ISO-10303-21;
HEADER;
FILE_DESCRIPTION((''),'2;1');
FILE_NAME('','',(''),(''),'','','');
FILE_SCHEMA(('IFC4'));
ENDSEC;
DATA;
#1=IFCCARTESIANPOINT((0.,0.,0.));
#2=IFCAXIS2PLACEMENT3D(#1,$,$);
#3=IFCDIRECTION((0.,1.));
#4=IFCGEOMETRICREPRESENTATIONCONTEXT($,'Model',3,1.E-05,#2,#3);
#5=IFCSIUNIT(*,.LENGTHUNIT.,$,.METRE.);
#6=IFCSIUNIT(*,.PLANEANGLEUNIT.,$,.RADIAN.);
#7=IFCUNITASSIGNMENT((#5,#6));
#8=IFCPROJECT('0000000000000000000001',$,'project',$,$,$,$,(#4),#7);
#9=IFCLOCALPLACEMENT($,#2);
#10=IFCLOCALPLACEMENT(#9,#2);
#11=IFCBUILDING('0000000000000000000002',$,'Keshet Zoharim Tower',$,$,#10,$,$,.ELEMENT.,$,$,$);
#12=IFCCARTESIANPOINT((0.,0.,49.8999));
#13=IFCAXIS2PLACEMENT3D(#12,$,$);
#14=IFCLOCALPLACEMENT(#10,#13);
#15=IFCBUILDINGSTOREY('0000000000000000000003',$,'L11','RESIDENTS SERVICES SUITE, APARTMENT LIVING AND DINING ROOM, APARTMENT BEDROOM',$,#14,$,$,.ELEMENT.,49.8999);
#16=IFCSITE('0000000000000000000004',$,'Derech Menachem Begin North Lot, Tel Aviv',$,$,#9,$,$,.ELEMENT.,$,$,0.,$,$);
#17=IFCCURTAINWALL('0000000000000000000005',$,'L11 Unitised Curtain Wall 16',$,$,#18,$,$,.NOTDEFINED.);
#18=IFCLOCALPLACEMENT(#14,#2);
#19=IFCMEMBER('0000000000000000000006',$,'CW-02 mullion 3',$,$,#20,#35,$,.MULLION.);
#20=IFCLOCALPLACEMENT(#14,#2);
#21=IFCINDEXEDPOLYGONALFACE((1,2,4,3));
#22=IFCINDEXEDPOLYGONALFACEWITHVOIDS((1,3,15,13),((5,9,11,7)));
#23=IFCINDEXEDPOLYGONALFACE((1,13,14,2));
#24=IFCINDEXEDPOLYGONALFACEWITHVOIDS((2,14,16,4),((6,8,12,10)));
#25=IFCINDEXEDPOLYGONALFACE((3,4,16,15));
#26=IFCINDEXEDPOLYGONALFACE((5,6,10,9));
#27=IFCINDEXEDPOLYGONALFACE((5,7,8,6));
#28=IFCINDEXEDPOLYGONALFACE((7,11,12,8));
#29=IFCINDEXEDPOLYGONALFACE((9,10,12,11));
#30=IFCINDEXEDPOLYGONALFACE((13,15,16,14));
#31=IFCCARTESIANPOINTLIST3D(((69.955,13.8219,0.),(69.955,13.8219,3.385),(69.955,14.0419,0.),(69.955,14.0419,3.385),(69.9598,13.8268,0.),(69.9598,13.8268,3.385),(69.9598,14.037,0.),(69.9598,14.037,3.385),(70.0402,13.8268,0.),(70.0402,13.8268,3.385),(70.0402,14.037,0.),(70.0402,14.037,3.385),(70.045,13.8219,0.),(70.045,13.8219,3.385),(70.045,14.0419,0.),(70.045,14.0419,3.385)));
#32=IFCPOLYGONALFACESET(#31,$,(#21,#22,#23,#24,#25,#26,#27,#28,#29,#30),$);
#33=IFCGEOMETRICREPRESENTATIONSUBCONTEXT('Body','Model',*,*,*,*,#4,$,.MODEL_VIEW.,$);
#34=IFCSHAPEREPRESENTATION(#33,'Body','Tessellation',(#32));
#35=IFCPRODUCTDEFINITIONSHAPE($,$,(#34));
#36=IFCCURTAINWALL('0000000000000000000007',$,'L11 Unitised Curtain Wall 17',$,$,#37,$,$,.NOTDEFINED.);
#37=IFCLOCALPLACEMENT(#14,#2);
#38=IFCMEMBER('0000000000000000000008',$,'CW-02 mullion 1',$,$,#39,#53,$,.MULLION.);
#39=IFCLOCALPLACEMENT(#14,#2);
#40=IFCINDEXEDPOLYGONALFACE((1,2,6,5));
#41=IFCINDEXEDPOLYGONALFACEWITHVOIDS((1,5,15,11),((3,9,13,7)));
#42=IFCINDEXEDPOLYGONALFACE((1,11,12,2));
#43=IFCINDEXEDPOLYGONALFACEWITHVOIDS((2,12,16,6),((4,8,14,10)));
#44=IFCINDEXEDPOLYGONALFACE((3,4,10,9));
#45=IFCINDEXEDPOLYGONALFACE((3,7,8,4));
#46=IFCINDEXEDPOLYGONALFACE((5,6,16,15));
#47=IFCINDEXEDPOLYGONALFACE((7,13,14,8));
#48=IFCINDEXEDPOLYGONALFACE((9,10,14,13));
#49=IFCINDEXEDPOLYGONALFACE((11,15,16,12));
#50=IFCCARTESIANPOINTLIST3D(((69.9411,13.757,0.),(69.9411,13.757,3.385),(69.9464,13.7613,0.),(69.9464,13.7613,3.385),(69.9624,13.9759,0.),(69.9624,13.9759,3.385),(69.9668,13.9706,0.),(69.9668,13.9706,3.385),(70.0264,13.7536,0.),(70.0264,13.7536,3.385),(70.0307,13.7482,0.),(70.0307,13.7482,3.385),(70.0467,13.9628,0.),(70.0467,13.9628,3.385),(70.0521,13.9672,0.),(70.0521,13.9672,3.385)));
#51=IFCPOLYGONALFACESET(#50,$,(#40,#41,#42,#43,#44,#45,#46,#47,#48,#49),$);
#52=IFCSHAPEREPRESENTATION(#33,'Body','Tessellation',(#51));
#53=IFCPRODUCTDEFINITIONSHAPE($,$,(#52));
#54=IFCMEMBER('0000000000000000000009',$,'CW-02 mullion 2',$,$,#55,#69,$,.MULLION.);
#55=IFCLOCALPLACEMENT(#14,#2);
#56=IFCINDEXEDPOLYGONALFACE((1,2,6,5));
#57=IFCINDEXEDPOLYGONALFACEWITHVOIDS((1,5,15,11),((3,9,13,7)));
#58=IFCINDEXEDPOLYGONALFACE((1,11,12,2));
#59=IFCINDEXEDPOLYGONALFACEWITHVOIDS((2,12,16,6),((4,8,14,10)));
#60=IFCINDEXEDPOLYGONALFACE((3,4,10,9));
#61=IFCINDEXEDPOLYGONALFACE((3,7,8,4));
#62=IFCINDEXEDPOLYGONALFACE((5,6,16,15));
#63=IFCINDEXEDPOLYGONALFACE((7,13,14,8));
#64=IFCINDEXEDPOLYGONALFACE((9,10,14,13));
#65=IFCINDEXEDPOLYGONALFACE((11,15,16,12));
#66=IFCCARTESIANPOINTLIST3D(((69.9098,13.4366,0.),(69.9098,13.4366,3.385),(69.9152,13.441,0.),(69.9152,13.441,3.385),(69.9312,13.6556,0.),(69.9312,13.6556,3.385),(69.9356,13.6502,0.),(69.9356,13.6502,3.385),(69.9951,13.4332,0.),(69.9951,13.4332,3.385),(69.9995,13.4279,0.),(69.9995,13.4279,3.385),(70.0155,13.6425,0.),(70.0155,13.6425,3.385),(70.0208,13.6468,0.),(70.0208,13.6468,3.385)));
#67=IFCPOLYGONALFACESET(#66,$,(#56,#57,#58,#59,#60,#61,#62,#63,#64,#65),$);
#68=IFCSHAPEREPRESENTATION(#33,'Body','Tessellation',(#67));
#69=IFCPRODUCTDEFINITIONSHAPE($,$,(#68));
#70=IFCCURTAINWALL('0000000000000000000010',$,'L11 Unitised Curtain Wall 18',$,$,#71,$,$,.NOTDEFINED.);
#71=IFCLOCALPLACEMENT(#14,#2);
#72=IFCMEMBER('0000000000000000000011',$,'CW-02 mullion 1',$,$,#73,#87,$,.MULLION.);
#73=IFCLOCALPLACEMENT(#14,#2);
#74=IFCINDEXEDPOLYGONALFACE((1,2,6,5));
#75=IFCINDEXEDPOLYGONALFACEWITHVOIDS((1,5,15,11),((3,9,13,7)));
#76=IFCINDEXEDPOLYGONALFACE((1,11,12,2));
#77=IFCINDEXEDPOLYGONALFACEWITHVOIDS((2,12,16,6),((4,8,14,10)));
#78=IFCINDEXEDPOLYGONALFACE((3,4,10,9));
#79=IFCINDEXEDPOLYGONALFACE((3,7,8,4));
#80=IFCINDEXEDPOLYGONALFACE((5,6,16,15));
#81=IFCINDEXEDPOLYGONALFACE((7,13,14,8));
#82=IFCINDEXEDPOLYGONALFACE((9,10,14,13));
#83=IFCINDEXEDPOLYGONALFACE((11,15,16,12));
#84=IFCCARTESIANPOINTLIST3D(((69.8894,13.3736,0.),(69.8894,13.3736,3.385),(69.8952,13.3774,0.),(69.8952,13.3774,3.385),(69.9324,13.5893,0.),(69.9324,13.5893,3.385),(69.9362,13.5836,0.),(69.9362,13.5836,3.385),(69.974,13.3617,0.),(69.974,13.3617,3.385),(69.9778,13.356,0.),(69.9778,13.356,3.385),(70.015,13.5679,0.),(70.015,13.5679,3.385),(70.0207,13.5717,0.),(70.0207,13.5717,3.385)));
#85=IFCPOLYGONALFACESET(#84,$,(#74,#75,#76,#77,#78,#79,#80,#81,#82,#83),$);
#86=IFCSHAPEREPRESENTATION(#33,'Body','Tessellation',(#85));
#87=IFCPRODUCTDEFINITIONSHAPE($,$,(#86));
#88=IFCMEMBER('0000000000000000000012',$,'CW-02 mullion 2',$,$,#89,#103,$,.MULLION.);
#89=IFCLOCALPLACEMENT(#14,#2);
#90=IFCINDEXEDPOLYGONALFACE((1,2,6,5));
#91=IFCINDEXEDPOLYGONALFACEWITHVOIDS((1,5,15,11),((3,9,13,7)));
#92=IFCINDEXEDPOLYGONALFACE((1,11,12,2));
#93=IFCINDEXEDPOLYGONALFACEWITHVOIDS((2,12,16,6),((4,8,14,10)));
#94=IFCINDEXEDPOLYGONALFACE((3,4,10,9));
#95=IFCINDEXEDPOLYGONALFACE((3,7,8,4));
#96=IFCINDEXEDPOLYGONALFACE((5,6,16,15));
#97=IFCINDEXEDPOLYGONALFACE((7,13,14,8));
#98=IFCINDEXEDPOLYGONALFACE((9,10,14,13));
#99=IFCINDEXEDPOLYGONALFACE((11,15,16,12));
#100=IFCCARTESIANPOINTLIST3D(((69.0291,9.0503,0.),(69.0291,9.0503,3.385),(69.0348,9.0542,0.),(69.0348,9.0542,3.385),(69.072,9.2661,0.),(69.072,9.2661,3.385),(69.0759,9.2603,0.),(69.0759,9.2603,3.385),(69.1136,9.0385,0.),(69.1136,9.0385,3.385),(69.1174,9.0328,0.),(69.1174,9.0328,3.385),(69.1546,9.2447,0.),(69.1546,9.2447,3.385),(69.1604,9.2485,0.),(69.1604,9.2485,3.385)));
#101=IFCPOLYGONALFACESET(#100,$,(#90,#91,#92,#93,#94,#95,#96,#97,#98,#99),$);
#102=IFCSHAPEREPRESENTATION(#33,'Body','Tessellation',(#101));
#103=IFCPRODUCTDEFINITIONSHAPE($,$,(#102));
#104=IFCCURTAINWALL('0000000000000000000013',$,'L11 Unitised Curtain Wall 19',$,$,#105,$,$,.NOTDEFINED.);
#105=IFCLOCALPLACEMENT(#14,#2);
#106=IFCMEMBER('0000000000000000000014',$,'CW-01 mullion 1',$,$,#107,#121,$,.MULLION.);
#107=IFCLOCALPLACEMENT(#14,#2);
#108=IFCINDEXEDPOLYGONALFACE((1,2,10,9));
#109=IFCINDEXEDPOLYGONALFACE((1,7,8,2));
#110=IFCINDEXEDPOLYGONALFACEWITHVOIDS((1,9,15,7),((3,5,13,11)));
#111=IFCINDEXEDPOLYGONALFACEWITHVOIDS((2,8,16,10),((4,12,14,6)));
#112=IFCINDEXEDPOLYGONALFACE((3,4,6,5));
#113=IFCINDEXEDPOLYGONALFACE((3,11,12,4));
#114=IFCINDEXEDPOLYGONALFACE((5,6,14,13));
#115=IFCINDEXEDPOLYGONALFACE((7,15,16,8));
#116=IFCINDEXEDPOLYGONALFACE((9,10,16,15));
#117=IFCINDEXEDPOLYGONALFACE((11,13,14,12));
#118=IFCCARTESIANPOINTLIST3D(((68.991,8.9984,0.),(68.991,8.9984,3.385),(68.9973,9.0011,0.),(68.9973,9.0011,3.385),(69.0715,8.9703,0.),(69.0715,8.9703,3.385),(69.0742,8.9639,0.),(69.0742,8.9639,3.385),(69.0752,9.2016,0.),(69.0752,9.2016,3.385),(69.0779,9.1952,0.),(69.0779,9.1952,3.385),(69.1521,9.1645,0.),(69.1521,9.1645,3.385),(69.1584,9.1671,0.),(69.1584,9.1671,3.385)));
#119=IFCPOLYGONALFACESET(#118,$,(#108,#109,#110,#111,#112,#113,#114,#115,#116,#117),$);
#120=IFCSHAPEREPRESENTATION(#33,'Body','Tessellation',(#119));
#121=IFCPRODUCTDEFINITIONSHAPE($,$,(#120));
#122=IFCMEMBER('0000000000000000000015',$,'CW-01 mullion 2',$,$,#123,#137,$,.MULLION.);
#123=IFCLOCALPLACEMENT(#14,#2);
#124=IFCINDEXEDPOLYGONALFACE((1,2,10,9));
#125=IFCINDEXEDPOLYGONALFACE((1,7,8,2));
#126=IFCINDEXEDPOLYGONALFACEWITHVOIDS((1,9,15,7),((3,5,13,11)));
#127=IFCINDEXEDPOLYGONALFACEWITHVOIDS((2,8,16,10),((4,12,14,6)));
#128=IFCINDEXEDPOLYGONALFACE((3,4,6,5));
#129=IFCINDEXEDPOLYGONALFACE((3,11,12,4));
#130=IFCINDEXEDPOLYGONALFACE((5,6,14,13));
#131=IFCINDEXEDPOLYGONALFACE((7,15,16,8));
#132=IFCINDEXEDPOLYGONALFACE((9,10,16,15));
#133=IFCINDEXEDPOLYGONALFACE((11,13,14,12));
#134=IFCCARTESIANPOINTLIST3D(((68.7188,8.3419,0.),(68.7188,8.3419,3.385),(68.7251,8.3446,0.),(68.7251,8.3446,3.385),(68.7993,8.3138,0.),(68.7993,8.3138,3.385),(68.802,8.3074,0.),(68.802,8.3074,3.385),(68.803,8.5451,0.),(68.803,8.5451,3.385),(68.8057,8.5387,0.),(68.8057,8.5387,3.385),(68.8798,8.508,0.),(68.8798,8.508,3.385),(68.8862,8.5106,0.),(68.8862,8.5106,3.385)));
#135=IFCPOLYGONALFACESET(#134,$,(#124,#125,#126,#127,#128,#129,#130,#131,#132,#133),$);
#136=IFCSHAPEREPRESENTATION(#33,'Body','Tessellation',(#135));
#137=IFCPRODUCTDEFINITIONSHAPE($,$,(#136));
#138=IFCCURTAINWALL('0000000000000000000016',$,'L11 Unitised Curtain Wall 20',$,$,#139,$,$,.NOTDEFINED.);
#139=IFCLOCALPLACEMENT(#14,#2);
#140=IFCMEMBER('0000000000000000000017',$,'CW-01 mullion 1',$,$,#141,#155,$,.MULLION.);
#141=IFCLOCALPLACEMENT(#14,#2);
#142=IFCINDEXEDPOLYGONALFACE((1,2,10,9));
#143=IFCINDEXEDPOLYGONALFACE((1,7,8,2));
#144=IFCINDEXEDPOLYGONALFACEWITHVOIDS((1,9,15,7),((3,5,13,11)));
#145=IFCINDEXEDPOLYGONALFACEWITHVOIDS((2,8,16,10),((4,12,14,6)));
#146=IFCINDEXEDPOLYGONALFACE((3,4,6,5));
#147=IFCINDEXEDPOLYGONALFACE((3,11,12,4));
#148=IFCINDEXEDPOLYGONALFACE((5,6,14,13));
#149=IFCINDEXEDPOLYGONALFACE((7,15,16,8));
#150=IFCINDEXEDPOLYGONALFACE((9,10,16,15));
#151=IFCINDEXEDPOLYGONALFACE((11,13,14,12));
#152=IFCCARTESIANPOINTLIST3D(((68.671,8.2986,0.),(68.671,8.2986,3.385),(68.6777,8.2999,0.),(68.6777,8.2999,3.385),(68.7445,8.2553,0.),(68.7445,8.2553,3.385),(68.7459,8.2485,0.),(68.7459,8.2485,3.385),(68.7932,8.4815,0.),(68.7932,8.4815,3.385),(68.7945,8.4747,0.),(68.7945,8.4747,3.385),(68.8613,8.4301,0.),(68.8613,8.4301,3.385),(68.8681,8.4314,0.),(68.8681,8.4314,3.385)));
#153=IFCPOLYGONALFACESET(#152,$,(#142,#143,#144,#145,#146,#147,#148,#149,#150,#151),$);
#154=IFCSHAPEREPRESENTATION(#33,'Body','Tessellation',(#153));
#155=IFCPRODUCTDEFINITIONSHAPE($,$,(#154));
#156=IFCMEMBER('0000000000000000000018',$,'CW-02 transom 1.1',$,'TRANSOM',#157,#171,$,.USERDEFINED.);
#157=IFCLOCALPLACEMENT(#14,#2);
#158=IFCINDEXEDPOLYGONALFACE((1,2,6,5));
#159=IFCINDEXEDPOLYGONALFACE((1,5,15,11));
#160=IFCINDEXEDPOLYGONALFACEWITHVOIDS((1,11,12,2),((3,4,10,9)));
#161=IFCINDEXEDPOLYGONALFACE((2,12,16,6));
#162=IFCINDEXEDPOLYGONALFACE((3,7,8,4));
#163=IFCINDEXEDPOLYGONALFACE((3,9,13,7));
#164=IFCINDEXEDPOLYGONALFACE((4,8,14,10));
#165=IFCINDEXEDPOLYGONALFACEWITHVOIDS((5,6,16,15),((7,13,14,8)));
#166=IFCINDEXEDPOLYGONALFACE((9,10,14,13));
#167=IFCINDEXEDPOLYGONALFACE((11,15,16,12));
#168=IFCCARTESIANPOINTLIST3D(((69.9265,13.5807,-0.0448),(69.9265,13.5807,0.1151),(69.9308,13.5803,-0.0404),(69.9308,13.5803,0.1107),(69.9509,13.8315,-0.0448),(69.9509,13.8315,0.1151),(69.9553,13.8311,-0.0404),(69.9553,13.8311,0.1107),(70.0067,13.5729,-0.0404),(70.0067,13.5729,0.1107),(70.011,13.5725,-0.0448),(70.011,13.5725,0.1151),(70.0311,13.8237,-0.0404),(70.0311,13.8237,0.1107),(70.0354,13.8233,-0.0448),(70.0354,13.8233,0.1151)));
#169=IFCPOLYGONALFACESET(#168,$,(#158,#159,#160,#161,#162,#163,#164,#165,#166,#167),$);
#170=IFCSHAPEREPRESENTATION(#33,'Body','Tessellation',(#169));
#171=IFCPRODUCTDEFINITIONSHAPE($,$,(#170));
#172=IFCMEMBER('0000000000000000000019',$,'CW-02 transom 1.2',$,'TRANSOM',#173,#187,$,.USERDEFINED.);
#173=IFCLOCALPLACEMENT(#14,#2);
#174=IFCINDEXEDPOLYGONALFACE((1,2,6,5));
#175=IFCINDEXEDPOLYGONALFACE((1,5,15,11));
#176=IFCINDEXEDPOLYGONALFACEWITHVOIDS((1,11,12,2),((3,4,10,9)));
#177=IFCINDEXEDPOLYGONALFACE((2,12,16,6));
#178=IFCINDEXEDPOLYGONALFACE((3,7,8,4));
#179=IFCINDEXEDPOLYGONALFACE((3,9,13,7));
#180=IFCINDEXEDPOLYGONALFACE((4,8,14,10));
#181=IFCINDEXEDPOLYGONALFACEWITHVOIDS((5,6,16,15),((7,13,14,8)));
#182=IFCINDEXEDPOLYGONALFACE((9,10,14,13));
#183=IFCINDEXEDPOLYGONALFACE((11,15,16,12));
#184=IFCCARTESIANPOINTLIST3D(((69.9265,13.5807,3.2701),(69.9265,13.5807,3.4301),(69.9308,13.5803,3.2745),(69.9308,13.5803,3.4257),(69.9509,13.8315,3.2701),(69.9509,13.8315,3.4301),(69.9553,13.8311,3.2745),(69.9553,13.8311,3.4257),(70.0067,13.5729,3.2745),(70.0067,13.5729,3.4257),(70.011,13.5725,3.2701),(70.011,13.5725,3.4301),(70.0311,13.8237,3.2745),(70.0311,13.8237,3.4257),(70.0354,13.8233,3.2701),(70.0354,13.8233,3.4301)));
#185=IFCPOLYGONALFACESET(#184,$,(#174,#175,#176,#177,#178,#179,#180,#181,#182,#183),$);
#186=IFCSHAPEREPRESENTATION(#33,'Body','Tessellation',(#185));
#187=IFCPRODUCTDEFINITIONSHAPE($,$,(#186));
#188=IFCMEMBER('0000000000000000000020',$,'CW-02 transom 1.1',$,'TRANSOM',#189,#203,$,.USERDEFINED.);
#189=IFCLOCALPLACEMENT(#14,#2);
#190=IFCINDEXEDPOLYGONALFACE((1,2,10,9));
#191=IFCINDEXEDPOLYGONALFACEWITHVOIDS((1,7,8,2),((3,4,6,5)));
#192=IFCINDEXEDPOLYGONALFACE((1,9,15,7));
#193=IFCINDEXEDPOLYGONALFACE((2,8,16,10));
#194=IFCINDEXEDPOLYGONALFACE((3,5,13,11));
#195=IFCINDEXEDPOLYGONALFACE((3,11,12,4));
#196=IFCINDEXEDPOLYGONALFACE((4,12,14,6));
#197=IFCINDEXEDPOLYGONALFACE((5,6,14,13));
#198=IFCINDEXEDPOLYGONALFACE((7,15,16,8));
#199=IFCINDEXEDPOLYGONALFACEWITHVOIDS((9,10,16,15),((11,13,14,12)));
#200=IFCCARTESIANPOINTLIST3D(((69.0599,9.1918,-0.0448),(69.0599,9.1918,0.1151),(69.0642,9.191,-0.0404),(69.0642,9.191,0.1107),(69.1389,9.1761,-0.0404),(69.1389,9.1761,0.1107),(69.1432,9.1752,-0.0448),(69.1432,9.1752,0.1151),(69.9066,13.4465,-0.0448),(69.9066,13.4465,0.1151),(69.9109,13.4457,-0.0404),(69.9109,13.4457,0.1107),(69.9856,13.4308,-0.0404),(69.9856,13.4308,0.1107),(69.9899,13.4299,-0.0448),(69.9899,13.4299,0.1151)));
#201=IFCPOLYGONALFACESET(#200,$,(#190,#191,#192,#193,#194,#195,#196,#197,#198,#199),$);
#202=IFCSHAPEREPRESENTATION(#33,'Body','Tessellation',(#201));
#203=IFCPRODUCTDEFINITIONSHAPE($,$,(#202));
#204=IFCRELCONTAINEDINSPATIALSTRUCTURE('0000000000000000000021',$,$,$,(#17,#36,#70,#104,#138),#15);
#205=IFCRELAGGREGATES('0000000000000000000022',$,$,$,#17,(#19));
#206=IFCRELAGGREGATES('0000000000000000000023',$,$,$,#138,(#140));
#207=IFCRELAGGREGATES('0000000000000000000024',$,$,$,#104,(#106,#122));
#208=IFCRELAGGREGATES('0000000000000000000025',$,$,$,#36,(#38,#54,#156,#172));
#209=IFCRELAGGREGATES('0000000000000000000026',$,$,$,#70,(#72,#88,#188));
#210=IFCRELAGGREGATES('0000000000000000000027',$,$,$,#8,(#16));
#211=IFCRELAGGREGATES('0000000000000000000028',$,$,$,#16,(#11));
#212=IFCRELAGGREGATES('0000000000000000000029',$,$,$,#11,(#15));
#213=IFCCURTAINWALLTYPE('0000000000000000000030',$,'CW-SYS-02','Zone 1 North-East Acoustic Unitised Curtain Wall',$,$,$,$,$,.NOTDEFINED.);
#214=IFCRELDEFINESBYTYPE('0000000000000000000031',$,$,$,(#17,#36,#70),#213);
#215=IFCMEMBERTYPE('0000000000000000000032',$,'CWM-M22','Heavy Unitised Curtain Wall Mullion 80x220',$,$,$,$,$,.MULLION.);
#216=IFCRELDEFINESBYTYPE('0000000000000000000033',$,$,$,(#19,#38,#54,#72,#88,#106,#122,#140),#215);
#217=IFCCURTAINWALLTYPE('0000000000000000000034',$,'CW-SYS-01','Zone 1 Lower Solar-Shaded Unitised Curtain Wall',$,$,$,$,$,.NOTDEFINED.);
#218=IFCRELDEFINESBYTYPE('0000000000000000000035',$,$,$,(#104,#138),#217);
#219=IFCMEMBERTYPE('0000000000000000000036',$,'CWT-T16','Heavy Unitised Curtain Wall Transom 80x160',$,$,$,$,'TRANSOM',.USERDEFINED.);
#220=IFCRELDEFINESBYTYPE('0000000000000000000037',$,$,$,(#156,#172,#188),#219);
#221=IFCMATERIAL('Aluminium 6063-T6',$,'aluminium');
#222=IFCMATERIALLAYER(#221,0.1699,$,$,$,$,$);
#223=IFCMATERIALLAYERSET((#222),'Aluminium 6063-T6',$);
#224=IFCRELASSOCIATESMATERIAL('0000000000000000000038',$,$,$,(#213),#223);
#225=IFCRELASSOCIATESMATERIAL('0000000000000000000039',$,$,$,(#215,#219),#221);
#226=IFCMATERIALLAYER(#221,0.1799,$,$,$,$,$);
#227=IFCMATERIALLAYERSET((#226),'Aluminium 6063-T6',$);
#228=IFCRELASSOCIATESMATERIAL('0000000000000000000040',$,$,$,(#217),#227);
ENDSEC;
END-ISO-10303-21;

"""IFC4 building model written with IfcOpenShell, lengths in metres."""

from ifc_helpers import new_model, si_unit, direction, frame, origin, origin_2d, place, context, subcontext, project, spatial, hollow_rectangle, extrude, material, layer, layer_set, material_profile, profile_set, type_object, element, aggregate, save


model = new_model("IFC4")

# Units and contexts
model_context = context("Model", 3, precision=1e-05, world=origin(), true_north=direction((0.0, 1.0)))
body_context = subcontext(model_context, "Body", "Model", "MODEL_VIEW")
ifc_project = project(units=[si_unit("LENGTHUNIT", "METRE"), si_unit("PLANEANGLEUNIT", "RADIAN")], contexts=[model_context])

# Site, building, storey
site_placement = place(None, origin())
site = spatial("IfcSite", under=ifc_project, at=site_placement, Name="Derech Menachem Begin North Lot, Tel Aviv", CompositionType="ELEMENT", RefElevation=0.0)
building_placement = place(site_placement, origin())
building = spatial("IfcBuilding", under=site, at=building_placement, Name="Keshet Zoharim Tower", CompositionType="ELEMENT")
storey_placement = place(building_placement, frame((0.0, 0.0, 49.8999)))
storey = spatial("IfcBuildingStorey", under=building, at=storey_placement, Name="L11", Description="RESIDENTS SERVICES SUITE, APARTMENT LIVING AND DINING ROOM, APARTMENT BEDROOM", CompositionType="ELEMENT", Elevation=49.8999)

# Curtain wall, member
ifc_material_1 = material(Name="Aluminium 6063-T6", Category="aluminium")
ifc_layer_1 = layer(ifc_material_1, 0.1699)
ifc_layer_set_1 = layer_set([ifc_layer_1], Name="Aluminium 6063-T6")
curtain_wall_type_1 = type_object("IfcCurtainWallType", Name="CW-SYS-02", Description="Zone 1 North-East Acoustic Unitised Curtain Wall", PredefinedType="NOTDEFINED", material=ifc_layer_set_1)
curtain_wall_1_placement = place(storey_placement, origin())
curtain_wall_1 = element("IfcCurtainWall", 1, at=curtain_wall_1_placement, inside=storey, type_object=curtain_wall_type_1, Name="L11 Unitised Curtain Wall 16", PredefinedType="NOTDEFINED")
ifc_material_profile_1 = material_profile(ifc_material_1, hollow_rectangle(XDim=0.0901, YDim=0.22, WallThickness=0.0049, at=origin_2d()), Name="MUL-90x220")
ifc_profile_set_1 = profile_set([ifc_material_profile_1], Name="Aluminium 6063-T6")
member_type_1 = type_object("IfcMemberType", Name="CWM-M22", Description="Heavy Unitised Curtain Wall Mullion 80x220", PredefinedType="MULLION", material=ifc_profile_set_1)
member_1_placement = place(storey_placement, frame((70.0, 13.9319, 0.0), z_axis=(0.0, 0.0, 1.0), x_axis=(1.0, 0.0, 0.0)))
member_1 = element("IfcMember", 2, at=member_1_placement, type_object=member_type_1, Name="CW-02 mullion 3", PredefinedType="MULLION", context=body_context, shape_type="SweptSolid", body=[
    extrude(hollow_rectangle(XDim=0.0901, YDim=0.22, WallThickness=0.0049, at=origin_2d()), origin(), (0.0, 0.0, 1.0), 3.385),
])
aggregate(curtain_wall_1, [member_1])

# Curtain walls, members
curtain_wall_2_placement = place(storey_placement, origin())
curtain_wall_2 = element("IfcCurtainWall", 3, at=curtain_wall_2_placement, inside=storey, type_object=curtain_wall_type_1, Name="L11 Unitised Curtain Wall 17", PredefinedType="NOTDEFINED")
member_2_placement = place(storey_placement, frame((69.9966, 13.8621, 0.0), z_axis=(0.0, 0.0, 1.0), x_axis=(0.995287, -0.096977, 0.0)))
member_2 = element("IfcMember", 4, at=member_2_placement, type_object=member_type_1, Name="CW-02 mullion 1", PredefinedType="MULLION", context=body_context, shape_type="SweptSolid", body=[
    extrude(hollow_rectangle(XDim=0.0901, YDim=0.22, WallThickness=0.0049, at=origin_2d()), origin(), (0.0, 0.0, 1.0), 3.385),
])
member_3_placement = place(storey_placement, frame((69.9653, 13.5417, 0.0), z_axis=(0.0, 0.0, 1.0), x_axis=(0.995287, -0.096977, 0.0)))
member_3 = element("IfcMember", 5, at=member_3_placement, type_object=member_type_1, Name="CW-02 mullion 2", PredefinedType="MULLION", context=body_context, shape_type="SweptSolid", body=[
    extrude(hollow_rectangle(XDim=0.0901, YDim=0.22, WallThickness=0.0049, at=origin_2d()), origin(), (0.0, 0.0, 1.0), 3.385),
])
curtain_wall_3_placement = place(storey_placement, origin())
curtain_wall_3 = element("IfcCurtainWall", 6, at=curtain_wall_3_placement, inside=storey, type_object=curtain_wall_type_1, Name="L11 Unitised Curtain Wall 18", PredefinedType="NOTDEFINED")
member_4_placement = place(storey_placement, frame((69.9551, 13.4727, 0.0), z_axis=(0.0, 0.0, 1.0), x_axis=(0.980769, -0.195171, 0.0)))
member_4 = element("IfcMember", 7, at=member_4_placement, type_object=member_type_1, Name="CW-02 mullion 1", PredefinedType="MULLION", context=body_context, shape_type="SweptSolid", body=[
    extrude(hollow_rectangle(XDim=0.0901, YDim=0.22, WallThickness=0.0049, at=origin_2d()), origin(), (0.0, 0.0, 1.0), 3.385),
])
member_5_placement = place(storey_placement, frame((69.0947, 9.1494, 0.0), z_axis=(0.0, 0.0, 1.0), x_axis=(0.980769, -0.195171, 0.0)))
member_5 = element("IfcMember", 8, at=member_5_placement, type_object=member_type_1, Name="CW-02 mullion 2", PredefinedType="MULLION", context=body_context, shape_type="SweptSolid", body=[
    extrude(hollow_rectangle(XDim=0.0901, YDim=0.22, WallThickness=0.0049, at=origin_2d()), origin(), (0.0, 0.0, 1.0), 3.385),
])
ifc_layer_2 = layer(ifc_material_1, 0.1799)
ifc_layer_set_2 = layer_set([ifc_layer_2], Name="Aluminium 6063-T6")
curtain_wall_type_2 = type_object("IfcCurtainWallType", Name="CW-SYS-01", Description="Zone 1 Lower Solar-Shaded Unitised Curtain Wall", PredefinedType="NOTDEFINED", material=ifc_layer_set_2)
curtain_wall_4_placement = place(storey_placement, origin())
curtain_wall_4 = element("IfcCurtainWall", 9, at=curtain_wall_4_placement, inside=storey, type_object=curtain_wall_type_2, Name="L11 Unitised Curtain Wall 19", PredefinedType="NOTDEFINED")
member_6_placement = place(storey_placement, frame((69.0747, 9.0828, 0.0), z_axis=(0.0, 0.0, 1.0), x_axis=(0.92372, -0.383068, 0.0)))
member_6 = element("IfcMember", 10, at=member_6_placement, type_object=member_type_1, Name="CW-01 mullion 1", PredefinedType="MULLION", context=body_context, shape_type="SweptSolid", body=[
    extrude(hollow_rectangle(XDim=0.0901, YDim=0.22, WallThickness=0.0049, at=origin_2d()), origin(), (0.0, 0.0, 1.0), 3.385),
])
member_7_placement = place(storey_placement, frame((68.8025, 8.4263, 0.0), z_axis=(0.0, 0.0, 1.0), x_axis=(0.92372, -0.383068, 0.0)))
member_7 = element("IfcMember", 11, at=member_7_placement, type_object=member_type_1, Name="CW-01 mullion 2", PredefinedType="MULLION", context=body_context, shape_type="SweptSolid", body=[
    extrude(hollow_rectangle(XDim=0.0901, YDim=0.22, WallThickness=0.0049, at=origin_2d()), origin(), (0.0, 0.0, 1.0), 3.385),
])

# Curtain wall, member
curtain_wall_5_placement = place(storey_placement, origin())
curtain_wall_5 = element("IfcCurtainWall", 12, at=curtain_wall_5_placement, inside=storey, type_object=curtain_wall_type_2, Name="L11 Unitised Curtain Wall 20", PredefinedType="NOTDEFINED")
member_8_placement = place(storey_placement, frame((68.7695, 8.365, 0.0), z_axis=(0.0, 0.0, 1.0), x_axis=(0.831474, -0.555563, 0.0)))
member_8 = element("IfcMember", 13, at=member_8_placement, type_object=member_type_1, Name="CW-01 mullion 1", PredefinedType="MULLION", context=body_context, shape_type="SweptSolid", body=[
    extrude(hollow_rectangle(XDim=0.0901, YDim=0.22, WallThickness=0.0049, at=origin_2d()), origin(), (0.0, 0.0, 1.0), 3.385),
])

# Members
ifc_material_profile_2 = material_profile(ifc_material_1, hollow_rectangle(XDim=0.085, YDim=0.1599, WallThickness=0.0044, at=origin_2d()), Name="TRN-85x160")
ifc_profile_set_2 = profile_set([ifc_material_profile_2], Name="Aluminium 6063-T6")
member_type_2 = type_object("IfcMemberType", Name="CWT-T16", Description="Heavy Unitised Curtain Wall Transom 80x160", ElementType="TRANSOM", PredefinedType="USERDEFINED", material=ifc_profile_set_2)
member_9_placement = place(storey_placement, frame((69.9932, 13.8274, 0.0352), z_axis=(-0.096913, -0.995293, 0.0), x_axis=(0.995293, -0.096913, 0.0)))
member_9 = element("IfcMember", 14, at=member_9_placement, type_object=member_type_2, Name="CW-02 transom 1.1", ObjectType="TRANSOM", PredefinedType="USERDEFINED", context=body_context, shape_type="SweptSolid", body=[
    extrude(hollow_rectangle(XDim=0.085, YDim=0.1599, WallThickness=0.0044, at=origin_2d()), origin(), (0.0, 0.0, 1.0), 0.252),
])
member_10_placement = place(storey_placement, frame((69.9932, 13.8274, 3.3501), z_axis=(-0.096913, -0.995293, 0.0), x_axis=(0.995293, -0.096913, 0.0)))
member_10 = element("IfcMember", 15, at=member_10_placement, type_object=member_type_2, Name="CW-02 transom 1.2", ObjectType="TRANSOM", PredefinedType="USERDEFINED", context=body_context, shape_type="SweptSolid", body=[
    extrude(hollow_rectangle(XDim=0.085, YDim=0.1599, WallThickness=0.0044, at=origin_2d()), origin(), (0.0, 0.0, 1.0), 0.252),
])
member_11_placement = place(storey_placement, frame((69.9482, 13.4382, 0.0352), z_axis=(-0.195174, -0.980769, 0.0), x_axis=(0.980769, -0.195174, 0.0)))
member_11 = element("IfcMember", 16, at=member_11_placement, type_object=member_type_2, Name="CW-02 transom 1.1", ObjectType="TRANSOM", PredefinedType="USERDEFINED", context=body_context, shape_type="SweptSolid", body=[
    extrude(hollow_rectangle(XDim=0.085, YDim=0.1599, WallThickness=0.0044, at=origin_2d()), origin(), (0.0, 0.0, 1.0), 4.3381),
])
aggregate(curtain_wall_5, [member_8])

aggregate(curtain_wall_4, [member_6, member_7])
aggregate(curtain_wall_2, [member_2, member_3, member_9, member_10])
aggregate(curtain_wall_3, [member_4, member_5, member_11])

save(model, "model.ifc")
